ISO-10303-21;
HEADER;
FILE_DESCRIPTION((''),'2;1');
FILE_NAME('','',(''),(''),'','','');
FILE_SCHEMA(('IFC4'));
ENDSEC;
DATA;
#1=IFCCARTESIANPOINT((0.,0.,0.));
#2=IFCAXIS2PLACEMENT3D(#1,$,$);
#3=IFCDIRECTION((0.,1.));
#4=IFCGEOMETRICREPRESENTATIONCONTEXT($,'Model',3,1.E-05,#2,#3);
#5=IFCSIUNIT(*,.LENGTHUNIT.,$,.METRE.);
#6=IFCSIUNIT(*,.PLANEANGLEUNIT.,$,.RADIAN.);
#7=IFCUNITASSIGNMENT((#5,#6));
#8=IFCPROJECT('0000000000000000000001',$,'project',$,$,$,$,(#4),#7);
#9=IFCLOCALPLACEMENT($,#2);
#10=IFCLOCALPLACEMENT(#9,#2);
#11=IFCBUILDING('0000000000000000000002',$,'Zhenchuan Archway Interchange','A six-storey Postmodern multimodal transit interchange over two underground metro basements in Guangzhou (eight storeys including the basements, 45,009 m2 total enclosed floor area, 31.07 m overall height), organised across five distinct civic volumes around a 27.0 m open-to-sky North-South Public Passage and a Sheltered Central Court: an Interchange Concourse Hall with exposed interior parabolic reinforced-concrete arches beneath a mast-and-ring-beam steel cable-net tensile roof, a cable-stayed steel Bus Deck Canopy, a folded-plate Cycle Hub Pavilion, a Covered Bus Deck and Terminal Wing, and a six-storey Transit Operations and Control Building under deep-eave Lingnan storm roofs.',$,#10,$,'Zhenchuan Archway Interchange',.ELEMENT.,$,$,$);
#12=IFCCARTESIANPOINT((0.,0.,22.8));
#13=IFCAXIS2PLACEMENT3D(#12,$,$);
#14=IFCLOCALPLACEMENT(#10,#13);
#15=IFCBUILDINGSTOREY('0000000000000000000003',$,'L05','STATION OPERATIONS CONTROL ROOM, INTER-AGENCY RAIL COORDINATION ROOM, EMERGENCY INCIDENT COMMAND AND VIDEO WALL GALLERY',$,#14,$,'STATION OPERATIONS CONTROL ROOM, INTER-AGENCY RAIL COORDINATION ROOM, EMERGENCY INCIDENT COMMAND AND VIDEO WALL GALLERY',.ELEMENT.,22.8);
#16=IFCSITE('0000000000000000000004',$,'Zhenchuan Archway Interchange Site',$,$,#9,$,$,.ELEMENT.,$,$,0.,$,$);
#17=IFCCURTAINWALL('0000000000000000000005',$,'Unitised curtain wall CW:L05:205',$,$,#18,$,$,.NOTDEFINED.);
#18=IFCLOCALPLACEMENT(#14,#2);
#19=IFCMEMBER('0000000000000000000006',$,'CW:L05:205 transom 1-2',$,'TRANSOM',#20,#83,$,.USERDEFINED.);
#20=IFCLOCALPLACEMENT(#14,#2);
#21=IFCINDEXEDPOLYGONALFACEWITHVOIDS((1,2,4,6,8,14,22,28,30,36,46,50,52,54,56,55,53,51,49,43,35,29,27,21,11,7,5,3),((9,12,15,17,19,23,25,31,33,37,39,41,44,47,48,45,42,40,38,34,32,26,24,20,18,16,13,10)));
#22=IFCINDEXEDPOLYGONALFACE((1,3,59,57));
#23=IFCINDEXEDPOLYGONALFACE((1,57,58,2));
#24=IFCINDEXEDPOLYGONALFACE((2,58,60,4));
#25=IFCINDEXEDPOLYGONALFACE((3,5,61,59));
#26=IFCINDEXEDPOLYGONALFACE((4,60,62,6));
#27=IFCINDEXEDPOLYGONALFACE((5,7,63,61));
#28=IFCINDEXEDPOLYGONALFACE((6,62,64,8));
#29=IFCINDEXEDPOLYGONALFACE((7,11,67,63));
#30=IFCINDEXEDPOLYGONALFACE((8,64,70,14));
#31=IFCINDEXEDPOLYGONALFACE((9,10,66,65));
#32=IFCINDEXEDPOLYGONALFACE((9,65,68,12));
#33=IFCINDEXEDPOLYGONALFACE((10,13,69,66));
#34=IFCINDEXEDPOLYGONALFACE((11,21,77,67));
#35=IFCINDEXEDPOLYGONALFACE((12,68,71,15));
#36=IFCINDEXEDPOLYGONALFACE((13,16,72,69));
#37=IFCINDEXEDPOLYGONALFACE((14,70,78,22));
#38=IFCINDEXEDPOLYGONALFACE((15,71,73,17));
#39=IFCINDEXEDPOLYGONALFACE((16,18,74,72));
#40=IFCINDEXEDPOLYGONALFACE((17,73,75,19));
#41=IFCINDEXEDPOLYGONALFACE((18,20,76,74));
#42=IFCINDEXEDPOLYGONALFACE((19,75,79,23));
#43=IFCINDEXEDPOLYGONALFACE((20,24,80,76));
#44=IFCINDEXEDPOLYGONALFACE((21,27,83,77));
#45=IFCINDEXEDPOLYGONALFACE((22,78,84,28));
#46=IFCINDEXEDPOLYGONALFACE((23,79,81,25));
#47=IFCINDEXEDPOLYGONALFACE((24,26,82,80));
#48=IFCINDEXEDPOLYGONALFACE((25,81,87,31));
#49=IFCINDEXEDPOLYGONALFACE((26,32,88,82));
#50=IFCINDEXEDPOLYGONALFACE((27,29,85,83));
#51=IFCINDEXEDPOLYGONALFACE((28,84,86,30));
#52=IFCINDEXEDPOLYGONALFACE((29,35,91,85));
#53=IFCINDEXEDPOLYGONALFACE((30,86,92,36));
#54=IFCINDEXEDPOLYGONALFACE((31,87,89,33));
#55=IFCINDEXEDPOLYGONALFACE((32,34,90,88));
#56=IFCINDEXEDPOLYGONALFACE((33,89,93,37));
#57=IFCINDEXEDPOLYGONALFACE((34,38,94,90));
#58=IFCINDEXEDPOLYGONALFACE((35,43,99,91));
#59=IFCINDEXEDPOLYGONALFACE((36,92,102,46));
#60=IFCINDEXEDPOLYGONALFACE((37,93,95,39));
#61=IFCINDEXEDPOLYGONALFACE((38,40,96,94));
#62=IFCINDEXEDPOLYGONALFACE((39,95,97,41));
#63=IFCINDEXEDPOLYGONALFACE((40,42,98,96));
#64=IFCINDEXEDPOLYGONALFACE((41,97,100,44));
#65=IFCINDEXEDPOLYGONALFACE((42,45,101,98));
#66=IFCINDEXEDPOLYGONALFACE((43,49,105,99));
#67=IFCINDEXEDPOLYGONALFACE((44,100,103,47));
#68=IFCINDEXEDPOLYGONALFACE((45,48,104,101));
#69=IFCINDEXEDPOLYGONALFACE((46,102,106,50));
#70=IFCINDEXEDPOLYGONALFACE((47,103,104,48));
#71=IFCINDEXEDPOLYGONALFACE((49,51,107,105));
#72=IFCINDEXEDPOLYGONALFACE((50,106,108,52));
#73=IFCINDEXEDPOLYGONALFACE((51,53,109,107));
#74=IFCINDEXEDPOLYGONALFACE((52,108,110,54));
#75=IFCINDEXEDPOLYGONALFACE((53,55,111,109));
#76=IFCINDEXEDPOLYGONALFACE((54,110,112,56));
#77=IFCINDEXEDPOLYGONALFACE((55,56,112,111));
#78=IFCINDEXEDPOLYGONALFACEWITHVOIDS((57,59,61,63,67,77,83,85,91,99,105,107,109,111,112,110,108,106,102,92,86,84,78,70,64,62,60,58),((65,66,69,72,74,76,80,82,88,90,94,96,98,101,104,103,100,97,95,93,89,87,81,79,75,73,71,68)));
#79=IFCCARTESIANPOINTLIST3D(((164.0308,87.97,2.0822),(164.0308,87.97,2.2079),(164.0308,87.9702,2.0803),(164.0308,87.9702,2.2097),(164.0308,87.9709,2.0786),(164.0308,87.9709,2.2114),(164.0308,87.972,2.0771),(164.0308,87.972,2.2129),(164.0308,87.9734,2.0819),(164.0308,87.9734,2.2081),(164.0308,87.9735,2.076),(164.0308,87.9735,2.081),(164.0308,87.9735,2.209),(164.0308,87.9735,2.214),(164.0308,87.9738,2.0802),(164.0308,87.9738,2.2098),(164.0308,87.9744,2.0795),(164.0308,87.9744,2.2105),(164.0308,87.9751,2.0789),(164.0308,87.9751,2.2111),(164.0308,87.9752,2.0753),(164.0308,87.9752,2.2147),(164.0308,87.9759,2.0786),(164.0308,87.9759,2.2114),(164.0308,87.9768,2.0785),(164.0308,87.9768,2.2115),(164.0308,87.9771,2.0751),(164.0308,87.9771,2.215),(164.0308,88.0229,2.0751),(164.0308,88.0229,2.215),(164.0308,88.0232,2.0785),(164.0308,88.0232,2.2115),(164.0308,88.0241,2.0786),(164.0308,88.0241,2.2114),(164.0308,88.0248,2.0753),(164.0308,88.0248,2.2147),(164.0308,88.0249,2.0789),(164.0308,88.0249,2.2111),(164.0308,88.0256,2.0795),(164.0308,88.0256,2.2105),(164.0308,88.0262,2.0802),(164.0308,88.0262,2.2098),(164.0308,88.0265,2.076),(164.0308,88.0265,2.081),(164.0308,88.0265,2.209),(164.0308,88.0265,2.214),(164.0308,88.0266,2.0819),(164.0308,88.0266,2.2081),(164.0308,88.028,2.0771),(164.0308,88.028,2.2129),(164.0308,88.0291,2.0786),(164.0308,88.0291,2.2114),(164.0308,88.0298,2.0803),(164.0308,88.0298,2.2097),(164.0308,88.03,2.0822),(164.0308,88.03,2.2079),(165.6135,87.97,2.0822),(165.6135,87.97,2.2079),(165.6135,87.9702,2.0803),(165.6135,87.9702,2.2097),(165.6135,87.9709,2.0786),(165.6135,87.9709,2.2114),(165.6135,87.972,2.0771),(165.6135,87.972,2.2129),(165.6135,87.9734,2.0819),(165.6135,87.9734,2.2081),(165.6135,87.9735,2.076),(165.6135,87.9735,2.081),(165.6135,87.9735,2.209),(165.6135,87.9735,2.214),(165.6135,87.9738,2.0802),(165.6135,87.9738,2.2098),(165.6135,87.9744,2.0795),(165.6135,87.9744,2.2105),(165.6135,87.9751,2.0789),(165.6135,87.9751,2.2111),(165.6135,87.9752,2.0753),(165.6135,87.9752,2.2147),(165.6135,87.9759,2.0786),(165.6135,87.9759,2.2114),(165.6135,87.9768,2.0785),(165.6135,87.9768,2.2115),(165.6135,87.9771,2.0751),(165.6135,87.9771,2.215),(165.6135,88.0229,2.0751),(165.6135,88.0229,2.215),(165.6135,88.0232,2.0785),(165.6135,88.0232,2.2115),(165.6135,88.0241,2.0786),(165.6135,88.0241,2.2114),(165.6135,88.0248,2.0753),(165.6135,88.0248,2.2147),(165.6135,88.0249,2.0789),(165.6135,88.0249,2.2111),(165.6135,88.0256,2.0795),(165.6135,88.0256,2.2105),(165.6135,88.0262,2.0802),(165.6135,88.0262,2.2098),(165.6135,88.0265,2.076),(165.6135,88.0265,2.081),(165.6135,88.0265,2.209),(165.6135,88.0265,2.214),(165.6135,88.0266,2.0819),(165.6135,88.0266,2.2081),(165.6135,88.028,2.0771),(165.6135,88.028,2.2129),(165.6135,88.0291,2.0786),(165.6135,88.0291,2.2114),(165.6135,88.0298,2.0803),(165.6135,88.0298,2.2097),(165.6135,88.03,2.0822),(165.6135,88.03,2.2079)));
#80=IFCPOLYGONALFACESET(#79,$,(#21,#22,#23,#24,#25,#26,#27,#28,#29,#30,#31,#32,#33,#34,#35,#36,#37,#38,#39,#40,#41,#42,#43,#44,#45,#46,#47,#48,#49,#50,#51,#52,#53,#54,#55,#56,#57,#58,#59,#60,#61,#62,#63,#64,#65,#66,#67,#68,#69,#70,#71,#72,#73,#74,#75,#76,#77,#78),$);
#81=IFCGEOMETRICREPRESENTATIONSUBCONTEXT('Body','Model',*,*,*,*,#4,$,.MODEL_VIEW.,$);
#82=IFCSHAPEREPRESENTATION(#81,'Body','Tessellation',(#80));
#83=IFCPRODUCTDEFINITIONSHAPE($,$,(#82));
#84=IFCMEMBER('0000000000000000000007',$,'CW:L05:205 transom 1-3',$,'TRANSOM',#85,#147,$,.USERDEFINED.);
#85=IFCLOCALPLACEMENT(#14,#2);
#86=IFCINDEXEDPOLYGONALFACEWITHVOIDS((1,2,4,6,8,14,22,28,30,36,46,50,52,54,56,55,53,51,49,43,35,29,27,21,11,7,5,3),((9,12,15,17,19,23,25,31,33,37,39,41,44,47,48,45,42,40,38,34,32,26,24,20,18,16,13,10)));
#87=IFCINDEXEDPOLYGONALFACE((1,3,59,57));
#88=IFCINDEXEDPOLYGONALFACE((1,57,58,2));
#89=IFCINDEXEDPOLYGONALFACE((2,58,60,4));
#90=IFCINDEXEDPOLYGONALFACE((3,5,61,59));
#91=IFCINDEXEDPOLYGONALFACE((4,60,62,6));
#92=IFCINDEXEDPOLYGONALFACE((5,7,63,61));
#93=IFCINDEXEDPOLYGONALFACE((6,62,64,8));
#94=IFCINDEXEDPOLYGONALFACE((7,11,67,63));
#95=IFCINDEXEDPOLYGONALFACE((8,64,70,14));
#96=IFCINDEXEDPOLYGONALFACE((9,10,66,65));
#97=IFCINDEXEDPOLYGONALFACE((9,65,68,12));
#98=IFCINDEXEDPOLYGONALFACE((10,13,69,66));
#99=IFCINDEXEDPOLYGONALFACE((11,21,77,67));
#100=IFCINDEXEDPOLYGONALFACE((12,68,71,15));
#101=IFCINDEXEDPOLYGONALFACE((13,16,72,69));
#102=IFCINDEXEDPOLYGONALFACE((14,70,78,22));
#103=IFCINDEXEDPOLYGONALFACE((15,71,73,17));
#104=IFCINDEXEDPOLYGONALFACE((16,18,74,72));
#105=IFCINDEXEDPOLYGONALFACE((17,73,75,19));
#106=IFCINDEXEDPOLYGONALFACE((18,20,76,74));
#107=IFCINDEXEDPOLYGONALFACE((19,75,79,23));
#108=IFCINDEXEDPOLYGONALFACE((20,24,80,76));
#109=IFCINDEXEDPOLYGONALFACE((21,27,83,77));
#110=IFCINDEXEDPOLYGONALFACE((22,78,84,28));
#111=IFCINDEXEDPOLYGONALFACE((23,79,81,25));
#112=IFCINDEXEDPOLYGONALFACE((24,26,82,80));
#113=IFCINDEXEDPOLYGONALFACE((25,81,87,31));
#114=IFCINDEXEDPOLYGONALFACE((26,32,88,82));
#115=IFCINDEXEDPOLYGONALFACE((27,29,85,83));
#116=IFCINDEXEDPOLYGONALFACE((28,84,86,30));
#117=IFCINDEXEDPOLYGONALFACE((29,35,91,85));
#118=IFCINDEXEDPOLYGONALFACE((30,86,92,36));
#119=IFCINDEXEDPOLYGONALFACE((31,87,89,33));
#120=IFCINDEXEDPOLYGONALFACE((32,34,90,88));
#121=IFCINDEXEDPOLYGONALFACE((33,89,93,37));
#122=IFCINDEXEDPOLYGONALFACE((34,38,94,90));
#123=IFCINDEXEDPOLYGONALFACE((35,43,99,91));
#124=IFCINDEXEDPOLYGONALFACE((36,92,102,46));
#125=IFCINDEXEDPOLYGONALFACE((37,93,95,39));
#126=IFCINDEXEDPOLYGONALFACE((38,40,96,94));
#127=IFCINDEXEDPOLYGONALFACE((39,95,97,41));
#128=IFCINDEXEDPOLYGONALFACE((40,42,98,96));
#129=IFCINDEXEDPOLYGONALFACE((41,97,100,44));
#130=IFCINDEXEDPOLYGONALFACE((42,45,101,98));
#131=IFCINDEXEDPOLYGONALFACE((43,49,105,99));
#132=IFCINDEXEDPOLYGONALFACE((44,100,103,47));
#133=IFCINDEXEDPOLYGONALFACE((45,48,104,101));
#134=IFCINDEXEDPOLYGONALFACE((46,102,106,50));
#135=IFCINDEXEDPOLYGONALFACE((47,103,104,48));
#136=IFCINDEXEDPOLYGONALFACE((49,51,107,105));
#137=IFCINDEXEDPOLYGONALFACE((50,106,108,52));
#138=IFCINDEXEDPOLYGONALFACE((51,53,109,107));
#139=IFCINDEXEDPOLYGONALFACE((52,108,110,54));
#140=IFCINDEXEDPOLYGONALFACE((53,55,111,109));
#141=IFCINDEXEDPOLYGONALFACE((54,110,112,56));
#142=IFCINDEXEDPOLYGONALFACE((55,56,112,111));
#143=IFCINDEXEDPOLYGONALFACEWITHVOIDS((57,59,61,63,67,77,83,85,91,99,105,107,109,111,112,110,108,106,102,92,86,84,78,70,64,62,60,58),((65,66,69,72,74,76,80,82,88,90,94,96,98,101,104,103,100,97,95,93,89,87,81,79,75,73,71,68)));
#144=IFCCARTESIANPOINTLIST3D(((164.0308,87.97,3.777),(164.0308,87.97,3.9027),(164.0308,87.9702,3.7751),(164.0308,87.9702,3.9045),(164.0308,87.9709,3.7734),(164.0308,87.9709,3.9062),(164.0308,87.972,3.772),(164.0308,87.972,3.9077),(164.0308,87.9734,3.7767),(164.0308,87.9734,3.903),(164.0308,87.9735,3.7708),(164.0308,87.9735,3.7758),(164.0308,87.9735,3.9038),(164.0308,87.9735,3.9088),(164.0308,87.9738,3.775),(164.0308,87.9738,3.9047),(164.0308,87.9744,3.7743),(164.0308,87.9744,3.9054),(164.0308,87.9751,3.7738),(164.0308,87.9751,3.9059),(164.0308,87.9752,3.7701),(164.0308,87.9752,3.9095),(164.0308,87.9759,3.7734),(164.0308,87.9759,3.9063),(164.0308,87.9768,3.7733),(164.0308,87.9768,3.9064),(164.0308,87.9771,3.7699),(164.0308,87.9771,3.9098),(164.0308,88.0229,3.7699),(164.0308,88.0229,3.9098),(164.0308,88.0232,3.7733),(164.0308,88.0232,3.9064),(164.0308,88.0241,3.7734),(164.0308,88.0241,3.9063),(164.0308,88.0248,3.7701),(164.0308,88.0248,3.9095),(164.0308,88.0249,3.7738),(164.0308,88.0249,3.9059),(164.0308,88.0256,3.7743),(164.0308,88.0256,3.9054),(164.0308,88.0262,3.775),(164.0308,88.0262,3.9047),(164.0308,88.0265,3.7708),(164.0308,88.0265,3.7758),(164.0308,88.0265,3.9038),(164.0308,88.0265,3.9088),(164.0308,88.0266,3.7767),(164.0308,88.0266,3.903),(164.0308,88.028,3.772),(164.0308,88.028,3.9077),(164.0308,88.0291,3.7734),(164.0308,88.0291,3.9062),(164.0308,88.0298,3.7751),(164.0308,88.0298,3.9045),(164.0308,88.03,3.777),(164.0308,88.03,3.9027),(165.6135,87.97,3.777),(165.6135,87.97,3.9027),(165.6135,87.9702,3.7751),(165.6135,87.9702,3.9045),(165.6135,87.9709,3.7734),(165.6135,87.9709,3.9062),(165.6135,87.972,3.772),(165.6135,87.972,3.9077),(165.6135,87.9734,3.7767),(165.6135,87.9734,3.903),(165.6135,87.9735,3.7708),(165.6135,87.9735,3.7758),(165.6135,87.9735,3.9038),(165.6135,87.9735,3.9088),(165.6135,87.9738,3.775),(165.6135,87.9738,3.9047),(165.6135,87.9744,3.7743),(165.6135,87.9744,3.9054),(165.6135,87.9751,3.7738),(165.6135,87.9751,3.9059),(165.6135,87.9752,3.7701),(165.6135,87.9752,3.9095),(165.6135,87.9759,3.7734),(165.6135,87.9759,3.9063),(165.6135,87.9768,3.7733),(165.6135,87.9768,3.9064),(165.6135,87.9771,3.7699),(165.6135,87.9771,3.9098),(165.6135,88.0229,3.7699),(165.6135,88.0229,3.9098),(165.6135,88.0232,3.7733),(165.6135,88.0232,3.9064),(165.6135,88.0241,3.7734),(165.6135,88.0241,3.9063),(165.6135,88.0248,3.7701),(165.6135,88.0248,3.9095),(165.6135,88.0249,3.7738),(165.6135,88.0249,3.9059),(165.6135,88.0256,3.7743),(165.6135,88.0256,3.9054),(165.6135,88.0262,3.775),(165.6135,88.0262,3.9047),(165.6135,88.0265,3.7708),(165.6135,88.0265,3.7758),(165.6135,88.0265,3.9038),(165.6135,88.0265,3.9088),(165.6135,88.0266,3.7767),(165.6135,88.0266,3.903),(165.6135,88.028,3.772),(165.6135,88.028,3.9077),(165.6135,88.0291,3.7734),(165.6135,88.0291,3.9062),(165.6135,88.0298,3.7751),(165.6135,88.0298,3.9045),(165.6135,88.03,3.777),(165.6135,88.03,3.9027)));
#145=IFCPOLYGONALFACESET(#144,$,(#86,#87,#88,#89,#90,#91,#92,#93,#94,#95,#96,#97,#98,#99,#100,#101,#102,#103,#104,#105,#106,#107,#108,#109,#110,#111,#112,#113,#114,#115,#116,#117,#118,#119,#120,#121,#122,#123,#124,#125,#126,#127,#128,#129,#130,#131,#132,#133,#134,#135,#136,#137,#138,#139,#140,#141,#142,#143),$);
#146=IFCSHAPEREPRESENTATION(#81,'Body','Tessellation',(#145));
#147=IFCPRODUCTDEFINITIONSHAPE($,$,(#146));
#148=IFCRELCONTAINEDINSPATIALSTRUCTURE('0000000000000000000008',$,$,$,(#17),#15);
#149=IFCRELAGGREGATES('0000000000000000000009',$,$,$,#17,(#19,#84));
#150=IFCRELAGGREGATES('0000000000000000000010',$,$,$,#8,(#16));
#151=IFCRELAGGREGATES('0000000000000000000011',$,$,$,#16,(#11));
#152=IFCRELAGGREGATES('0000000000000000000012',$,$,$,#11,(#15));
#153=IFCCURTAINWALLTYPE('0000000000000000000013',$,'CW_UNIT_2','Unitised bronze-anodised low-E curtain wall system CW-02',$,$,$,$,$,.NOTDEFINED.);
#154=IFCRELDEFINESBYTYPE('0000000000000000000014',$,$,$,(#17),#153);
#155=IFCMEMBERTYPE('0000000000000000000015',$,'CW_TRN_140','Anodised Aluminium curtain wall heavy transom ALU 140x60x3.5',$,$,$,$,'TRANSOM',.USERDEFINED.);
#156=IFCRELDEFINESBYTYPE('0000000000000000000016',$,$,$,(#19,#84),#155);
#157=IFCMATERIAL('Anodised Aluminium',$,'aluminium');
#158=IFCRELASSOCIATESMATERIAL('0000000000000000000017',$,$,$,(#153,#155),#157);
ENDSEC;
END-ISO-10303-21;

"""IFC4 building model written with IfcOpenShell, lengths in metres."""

from ifc_helpers import new_model, si_unit, direction, frame, origin, origin_2d, place, context, subcontext, project, spatial, hollow_rectangle, extrude, material, material_profile, profile_set, type_object, element, aggregate, save


model = new_model("IFC4")

# Units and contexts
model_context = context("Model", 3, precision=1e-05, world=origin(), true_north=direction((0.0, 1.0)))
body_context = subcontext(model_context, "Body", "Model", "MODEL_VIEW")
ifc_project = project(units=[si_unit("LENGTHUNIT", "METRE"), si_unit("PLANEANGLEUNIT", "RADIAN")], contexts=[model_context])

# Site, building, storey
site_placement = place(None, origin())
site = spatial("IfcSite", under=ifc_project, at=site_placement, Name="Zhenchuan Archway Interchange Site", CompositionType="ELEMENT", RefElevation=0.0)
building_placement = place(site_placement, origin())
building = spatial("IfcBuilding", under=site, at=building_placement, Name="Zhenchuan Archway Interchange", Description="A six-storey Postmodern multimodal transit interchange over two underground metro basements in Guangzhou (eight storeys including the basements, 45,009 m2 total enclosed floor area, 31.07 m overall height), organised across five distinct civic volumes around a 27.0 m open-to-sky North-South Public Passage and a Sheltered Central Court: an Interchange Concourse Hall with exposed interior parabolic reinforced-concrete arches beneath a mast-and-ring-beam steel cable-net tensile roof, a cable-stayed steel Bus Deck Canopy, a folded-plate Cycle Hub Pavilion, a Covered Bus Deck and Terminal Wing, and a six-storey Transit Operations and Control Building under deep-eave Lingnan storm roofs.", LongName="Zhenchuan Archway Interchange", CompositionType="ELEMENT")
storey_placement = place(building_placement, frame((0.0, 0.0, 22.8)))
storey = spatial("IfcBuildingStorey", under=building, at=storey_placement, Name="L05", Description="STATION OPERATIONS CONTROL ROOM, INTER-AGENCY RAIL COORDINATION ROOM, EMERGENCY INCIDENT COMMAND AND VIDEO WALL GALLERY", LongName="STATION OPERATIONS CONTROL ROOM, INTER-AGENCY RAIL COORDINATION ROOM, EMERGENCY INCIDENT COMMAND AND VIDEO WALL GALLERY", CompositionType="ELEMENT", Elevation=22.8)

# Curtain wall, members
ifc_material_1 = material(Name="Anodised Aluminium", Category="aluminium")
curtain_wall_type = type_object("IfcCurtainWallType", Name="CW_UNIT_2", Description="Unitised bronze-anodised low-E curtain wall system CW-02", PredefinedType="NOTDEFINED", material=ifc_material_1)
curtain_wall_placement = place(storey_placement, origin())
curtain_wall = element("IfcCurtainWall", 1, at=curtain_wall_placement, inside=storey, type_object=curtain_wall_type, Name="Unitised curtain wall CW:L05:205", PredefinedType="NOTDEFINED")
ifc_material_profile_1 = material_profile(ifc_material_1, hollow_rectangle(XDim=0.0601, YDim=0.1399, WallThickness=0.0034, InnerFilletRadius=0.0034, OuterFilletRadius=0.0071, at=origin_2d()), Name="ALU 140x60x3.5")
ifc_profile_set_1 = profile_set([ifc_material_profile_1], Name="Anodised Aluminium")
member_type_1 = type_object("IfcMemberType", Name="CW_TRN_140", Description="Anodised Aluminium curtain wall heavy transom ALU 140x60x3.5", ElementType="TRANSOM", PredefinedType="USERDEFINED", material=ifc_profile_set_1)
member_1_placement = place(storey_placement, frame((164.0308, 88.0, 2.145), z_axis=(1.0, 0.0, 0.0), x_axis=(0.0, 1.0, 0.0)))
member_1 = element("IfcMember", 2, at=member_1_placement, type_object=member_type_1, Name="CW:L05:205 transom 1-2", ObjectType="TRANSOM", PredefinedType="USERDEFINED", context=body_context, shape_type="SweptSolid", body=[
    extrude(hollow_rectangle(XDim=0.0601, YDim=0.1399, WallThickness=0.0034, InnerFilletRadius=0.0034, OuterFilletRadius=0.0071, at=origin_2d()), origin(), (0.0, 0.0, 1.0), 1.5828),
])
member_2_placement = place(storey_placement, frame((164.0308, 88.0, 3.8398), z_axis=(1.0, 0.0, 0.0), x_axis=(0.0, 1.0, 0.0)))
member_2 = element("IfcMember", 3, at=member_2_placement, type_object=member_type_1, Name="CW:L05:205 transom 1-3", ObjectType="TRANSOM", PredefinedType="USERDEFINED", context=body_context, shape_type="SweptSolid", body=[
    extrude(hollow_rectangle(XDim=0.0601, YDim=0.1399, WallThickness=0.0034, InnerFilletRadius=0.0034, OuterFilletRadius=0.0071, at=origin_2d()), origin(), (0.0, 0.0, 1.0), 1.5828),
])

aggregate(curtain_wall, [member_1, member_2])

save(model, "model.ifc")
